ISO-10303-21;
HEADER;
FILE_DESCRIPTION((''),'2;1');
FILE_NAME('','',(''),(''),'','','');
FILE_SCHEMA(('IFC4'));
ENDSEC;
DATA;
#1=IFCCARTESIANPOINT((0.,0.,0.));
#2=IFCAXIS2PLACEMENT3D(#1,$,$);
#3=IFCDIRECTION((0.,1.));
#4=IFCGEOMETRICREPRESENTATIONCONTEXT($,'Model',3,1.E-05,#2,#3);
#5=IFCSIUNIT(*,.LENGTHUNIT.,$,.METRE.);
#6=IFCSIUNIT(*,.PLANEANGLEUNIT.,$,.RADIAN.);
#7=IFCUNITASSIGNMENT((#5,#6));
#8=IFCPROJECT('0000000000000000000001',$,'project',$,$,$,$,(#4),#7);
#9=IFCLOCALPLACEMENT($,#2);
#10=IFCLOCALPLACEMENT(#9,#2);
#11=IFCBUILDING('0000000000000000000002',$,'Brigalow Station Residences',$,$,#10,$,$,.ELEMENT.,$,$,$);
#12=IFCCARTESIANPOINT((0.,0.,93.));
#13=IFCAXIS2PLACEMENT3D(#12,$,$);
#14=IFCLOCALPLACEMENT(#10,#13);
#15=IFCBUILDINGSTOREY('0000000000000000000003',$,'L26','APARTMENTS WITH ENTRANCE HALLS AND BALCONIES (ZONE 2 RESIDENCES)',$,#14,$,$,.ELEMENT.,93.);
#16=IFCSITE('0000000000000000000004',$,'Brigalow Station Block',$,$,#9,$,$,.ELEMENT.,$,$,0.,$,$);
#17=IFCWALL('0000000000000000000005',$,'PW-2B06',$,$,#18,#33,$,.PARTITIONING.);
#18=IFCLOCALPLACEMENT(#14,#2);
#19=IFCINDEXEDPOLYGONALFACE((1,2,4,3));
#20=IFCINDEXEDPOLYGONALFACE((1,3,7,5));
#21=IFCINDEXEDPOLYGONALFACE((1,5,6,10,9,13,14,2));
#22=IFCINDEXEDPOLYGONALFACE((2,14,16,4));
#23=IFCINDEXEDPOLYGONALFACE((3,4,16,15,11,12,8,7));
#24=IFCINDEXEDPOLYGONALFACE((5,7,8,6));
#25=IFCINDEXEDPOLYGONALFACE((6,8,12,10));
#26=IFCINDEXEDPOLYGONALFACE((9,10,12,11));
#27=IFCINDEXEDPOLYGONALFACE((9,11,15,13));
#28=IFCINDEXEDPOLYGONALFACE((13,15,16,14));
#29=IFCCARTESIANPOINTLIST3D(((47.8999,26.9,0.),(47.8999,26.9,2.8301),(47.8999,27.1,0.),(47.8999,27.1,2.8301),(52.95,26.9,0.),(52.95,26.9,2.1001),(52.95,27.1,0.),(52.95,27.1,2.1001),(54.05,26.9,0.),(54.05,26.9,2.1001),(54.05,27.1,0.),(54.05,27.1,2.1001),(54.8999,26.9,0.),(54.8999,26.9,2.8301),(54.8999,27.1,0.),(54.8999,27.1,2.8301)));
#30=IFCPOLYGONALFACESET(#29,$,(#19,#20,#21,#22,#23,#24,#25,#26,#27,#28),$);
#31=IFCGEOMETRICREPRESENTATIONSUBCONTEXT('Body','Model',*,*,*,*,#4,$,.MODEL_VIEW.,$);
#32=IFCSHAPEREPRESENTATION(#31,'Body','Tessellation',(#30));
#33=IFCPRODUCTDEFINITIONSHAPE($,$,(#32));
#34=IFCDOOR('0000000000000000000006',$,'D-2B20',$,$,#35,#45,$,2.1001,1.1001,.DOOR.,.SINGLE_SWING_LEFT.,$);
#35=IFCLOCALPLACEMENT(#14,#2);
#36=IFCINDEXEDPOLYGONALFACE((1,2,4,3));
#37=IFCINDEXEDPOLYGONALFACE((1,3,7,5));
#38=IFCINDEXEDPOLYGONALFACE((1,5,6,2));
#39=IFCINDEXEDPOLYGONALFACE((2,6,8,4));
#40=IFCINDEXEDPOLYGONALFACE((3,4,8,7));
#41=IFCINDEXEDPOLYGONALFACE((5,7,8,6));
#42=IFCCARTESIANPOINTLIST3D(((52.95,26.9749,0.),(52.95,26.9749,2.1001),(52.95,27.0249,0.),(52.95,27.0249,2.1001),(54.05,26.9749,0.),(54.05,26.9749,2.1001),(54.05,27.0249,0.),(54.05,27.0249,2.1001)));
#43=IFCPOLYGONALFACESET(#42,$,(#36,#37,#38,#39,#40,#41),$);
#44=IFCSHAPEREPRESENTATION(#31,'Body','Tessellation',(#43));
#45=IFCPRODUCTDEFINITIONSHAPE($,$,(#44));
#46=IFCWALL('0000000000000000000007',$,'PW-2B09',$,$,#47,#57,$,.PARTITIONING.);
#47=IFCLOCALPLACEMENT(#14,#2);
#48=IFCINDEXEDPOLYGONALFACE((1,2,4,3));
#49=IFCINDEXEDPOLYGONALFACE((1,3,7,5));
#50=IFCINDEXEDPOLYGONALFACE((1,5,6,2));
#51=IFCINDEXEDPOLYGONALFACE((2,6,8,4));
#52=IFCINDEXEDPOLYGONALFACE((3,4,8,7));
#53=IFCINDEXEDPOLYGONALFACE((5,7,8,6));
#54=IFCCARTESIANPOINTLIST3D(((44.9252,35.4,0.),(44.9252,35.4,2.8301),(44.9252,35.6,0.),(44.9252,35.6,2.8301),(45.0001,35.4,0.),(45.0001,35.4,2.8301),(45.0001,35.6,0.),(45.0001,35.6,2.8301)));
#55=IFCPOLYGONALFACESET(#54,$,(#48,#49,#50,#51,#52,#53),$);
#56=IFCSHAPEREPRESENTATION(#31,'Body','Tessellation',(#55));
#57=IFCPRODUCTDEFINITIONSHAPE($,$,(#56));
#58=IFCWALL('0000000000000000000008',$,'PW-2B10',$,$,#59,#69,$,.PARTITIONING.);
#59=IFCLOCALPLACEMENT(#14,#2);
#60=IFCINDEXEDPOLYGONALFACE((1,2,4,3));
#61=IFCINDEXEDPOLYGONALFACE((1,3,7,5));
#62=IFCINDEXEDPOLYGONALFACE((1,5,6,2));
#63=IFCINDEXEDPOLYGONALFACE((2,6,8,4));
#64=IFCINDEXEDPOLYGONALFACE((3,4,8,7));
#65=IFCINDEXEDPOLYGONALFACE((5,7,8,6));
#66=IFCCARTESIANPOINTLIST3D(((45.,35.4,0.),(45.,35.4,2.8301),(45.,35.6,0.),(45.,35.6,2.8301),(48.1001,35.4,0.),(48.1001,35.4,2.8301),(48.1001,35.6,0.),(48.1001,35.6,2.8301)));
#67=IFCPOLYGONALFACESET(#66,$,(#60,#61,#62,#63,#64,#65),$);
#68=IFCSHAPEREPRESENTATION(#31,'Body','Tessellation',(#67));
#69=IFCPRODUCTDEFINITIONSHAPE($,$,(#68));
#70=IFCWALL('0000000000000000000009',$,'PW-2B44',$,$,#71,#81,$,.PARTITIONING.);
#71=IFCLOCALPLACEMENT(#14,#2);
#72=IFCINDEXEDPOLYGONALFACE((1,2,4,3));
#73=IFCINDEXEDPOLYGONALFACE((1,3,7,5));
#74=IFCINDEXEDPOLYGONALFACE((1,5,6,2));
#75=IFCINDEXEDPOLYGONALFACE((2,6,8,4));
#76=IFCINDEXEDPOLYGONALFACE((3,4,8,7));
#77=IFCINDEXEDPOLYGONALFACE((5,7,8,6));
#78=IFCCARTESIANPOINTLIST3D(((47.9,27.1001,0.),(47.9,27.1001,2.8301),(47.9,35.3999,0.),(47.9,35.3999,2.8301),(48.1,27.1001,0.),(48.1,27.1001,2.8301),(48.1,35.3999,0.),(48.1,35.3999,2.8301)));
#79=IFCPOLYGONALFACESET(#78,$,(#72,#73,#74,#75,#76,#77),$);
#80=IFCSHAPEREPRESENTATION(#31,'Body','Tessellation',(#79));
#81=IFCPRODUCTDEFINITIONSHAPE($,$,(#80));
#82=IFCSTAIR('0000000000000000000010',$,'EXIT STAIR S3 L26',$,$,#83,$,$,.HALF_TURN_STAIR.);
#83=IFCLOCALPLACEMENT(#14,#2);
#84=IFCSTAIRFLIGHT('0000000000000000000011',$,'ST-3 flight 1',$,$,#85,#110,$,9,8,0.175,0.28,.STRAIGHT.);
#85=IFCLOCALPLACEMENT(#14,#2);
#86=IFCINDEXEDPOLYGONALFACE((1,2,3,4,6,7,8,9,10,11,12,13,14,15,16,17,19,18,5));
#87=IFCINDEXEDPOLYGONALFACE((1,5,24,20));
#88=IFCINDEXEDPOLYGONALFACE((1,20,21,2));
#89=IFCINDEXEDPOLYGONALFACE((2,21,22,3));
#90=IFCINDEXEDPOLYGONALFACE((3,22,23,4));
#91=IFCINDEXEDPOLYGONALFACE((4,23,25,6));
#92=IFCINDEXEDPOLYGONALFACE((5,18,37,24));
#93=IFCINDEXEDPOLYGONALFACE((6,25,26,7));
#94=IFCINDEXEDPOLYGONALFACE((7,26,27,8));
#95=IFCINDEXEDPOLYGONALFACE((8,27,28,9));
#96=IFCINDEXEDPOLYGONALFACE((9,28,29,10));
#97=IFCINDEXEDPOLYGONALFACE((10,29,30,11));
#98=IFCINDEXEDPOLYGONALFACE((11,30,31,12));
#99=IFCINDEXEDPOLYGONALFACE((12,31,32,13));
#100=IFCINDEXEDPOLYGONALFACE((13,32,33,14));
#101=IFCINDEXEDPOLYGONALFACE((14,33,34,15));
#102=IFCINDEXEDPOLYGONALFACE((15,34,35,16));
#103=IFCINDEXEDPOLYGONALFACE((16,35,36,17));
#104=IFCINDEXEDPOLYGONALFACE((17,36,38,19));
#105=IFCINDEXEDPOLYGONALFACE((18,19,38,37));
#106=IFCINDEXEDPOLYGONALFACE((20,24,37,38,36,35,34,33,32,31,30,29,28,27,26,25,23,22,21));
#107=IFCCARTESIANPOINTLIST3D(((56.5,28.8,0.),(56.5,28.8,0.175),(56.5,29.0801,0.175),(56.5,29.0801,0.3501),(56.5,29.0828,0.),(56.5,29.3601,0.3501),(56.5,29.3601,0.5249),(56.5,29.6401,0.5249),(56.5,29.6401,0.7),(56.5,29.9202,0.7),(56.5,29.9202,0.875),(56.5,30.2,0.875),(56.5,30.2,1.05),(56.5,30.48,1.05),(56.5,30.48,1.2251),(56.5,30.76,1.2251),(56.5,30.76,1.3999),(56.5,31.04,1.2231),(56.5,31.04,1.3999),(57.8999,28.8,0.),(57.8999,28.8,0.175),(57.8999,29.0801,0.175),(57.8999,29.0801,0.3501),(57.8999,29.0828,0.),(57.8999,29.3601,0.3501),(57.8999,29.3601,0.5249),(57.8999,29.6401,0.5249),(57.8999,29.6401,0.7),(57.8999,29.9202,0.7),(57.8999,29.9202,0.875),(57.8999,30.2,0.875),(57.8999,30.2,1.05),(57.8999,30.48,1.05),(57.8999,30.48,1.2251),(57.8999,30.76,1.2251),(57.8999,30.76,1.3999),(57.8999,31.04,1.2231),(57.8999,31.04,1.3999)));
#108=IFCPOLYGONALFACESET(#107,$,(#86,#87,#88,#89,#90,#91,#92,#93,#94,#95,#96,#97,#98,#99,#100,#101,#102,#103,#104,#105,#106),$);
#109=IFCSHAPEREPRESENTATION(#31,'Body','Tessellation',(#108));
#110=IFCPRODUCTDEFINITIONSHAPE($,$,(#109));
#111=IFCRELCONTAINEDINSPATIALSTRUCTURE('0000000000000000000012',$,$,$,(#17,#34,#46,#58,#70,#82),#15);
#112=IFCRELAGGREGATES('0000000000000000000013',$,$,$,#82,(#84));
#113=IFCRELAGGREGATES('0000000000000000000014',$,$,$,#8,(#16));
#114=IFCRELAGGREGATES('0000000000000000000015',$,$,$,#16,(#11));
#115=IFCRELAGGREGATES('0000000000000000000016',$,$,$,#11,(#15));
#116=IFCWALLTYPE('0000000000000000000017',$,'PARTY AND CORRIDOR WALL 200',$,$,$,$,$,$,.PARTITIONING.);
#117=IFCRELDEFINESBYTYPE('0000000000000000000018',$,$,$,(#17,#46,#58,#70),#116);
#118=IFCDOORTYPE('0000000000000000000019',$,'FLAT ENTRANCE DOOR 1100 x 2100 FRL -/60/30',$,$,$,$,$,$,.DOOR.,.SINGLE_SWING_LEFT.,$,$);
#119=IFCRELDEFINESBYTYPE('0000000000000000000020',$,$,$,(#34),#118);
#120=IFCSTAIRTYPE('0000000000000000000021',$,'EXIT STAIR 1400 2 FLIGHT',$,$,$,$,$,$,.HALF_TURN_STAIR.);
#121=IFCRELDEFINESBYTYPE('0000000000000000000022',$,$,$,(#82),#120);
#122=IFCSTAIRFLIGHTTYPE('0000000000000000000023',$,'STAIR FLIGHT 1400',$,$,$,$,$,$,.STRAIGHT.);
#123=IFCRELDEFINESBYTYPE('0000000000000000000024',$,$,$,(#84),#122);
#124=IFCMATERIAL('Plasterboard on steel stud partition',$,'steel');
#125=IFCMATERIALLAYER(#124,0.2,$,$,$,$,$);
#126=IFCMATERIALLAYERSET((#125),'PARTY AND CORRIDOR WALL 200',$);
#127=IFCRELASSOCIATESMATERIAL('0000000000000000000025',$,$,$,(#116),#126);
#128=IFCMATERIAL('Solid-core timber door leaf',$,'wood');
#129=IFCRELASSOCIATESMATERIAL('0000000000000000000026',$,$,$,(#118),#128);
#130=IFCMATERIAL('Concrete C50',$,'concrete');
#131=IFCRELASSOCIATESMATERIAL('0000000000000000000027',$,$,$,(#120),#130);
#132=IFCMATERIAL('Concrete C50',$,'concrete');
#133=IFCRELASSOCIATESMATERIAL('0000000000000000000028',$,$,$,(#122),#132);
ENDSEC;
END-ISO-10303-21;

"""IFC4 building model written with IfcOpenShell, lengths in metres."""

from ifc_helpers import new_model, si_unit, direction, frame, frame_2d, origin, place, context, subcontext, project, spatial, polyline, rectangle, outline, extrude, material, layer, layer_set, type_object, element, fill, aggregate, save


model = new_model("IFC4")

# Units and contexts
model_context = context("Model", 3, precision=1e-05, world=origin(), true_north=direction((0.0, 1.0)))
body_context = subcontext(model_context, "Body", "Model", "MODEL_VIEW")
ifc_project = project(units=[si_unit("LENGTHUNIT", "METRE"), si_unit("PLANEANGLEUNIT", "RADIAN")], contexts=[model_context])

# Site, building, storey
site_placement = place(None, origin())
site = spatial("IfcSite", under=ifc_project, at=site_placement, Name="Brigalow Station Block", CompositionType="ELEMENT", RefElevation=0.0)
building_placement = place(site_placement, origin())
building = spatial("IfcBuilding", under=site, at=building_placement, Name="Brigalow Station Residences", CompositionType="ELEMENT")
storey_placement = place(building_placement, frame((0.0, 0.0, 93.0)))
storey = spatial("IfcBuildingStorey", under=building, at=storey_placement, Name="L26", Description="APARTMENTS WITH ENTRANCE HALLS AND BALCONIES (ZONE 2 RESIDENCES)", CompositionType="ELEMENT", Elevation=93.0)

# Wall, opening, door
ifc_material_1 = material(Name="Plasterboard on steel stud partition", Category="steel")
ifc_layer_1 = layer(ifc_material_1, 0.2)
ifc_layer_set_1 = layer_set([ifc_layer_1], Name="PARTY AND CORRIDOR WALL 200")
wall_type_1 = type_object("IfcWallType", Name="PARTY AND CORRIDOR WALL 200", PredefinedType="PARTITIONING", material=ifc_layer_set_1)
wall_1_placement = place(storey_placement, frame((47.8999, 27.0, 0.0), z_axis=(0.0, 0.0, 1.0), x_axis=(1.0, 0.0, 0.0)))
wall_1 = element("IfcWall", 1, at=wall_1_placement, inside=storey, type_object=wall_type_1, Name="PW-2B06", PredefinedType="PARTITIONING", context=body_context, shape_type="SweptSolid", body=[
    extrude(rectangle(XDim=7.0, YDim=0.2, at=frame_2d((3.5, 0.0))), origin(), (0.0, 0.0, 1.0), 2.8301),
])
opening_1_placement = place(wall_1_placement, frame((5.05, 0.0, 0.0)))
opening_1 = element("IfcOpeningElement", 2, at=opening_1_placement, cuts=wall_1, PredefinedType="OPENING", context=body_context, shape_type="SweptSolid", body=[
    extrude(rectangle(XDim=1.1001, YDim=2.1001, at=frame_2d((0.55, 1.05))), frame((0.0, 0.1099, 0.0), z_axis=(0.0, -1.0, 0.0), x_axis=(1.0, 0.0, 0.0)), (0.0, 0.0, 1.0), 0.22),
])
ifc_material_2 = material(Name="Solid-core timber door leaf", Category="wood")
door_type_1 = type_object("IfcDoorType", Name="FLAT ENTRANCE DOOR 1100 x 2100 FRL -/60/30", OperationType="SINGLE_SWING_LEFT", PredefinedType="DOOR", material=ifc_material_2)
door_1_placement = place(opening_1_placement, origin())
door_1 = element("IfcDoor", 3, at=door_1_placement, inside=storey, type_object=door_type_1, Name="D-2B20", OperationType="SINGLE_SWING_LEFT", OverallHeight=2.1001, OverallWidth=1.1001, PredefinedType="DOOR", context=body_context, shape_type="SweptSolid", body=[
    extrude(rectangle(XDim=1.1001, YDim=2.1001, at=frame_2d((0.55, 1.05))), frame((0.0, 0.0249, 0.0), z_axis=(0.0, -1.0, 0.0), x_axis=(1.0, 0.0, 0.0)), (0.0, 0.0, 1.0), 0.05),
])
fill(opening_1, door_1)

# Walls
wall_2_placement = place(storey_placement, frame((44.925, 35.5, 0.0), z_axis=(0.0, 0.0, 1.0), x_axis=(1.0, 0.0, 0.0)))
element("IfcWall", 4, at=wall_2_placement, inside=storey, type_object=wall_type_1, Name="PW-2B09", PredefinedType="PARTITIONING", context=body_context, shape_type="SweptSolid", body=[
    extrude(rectangle(XDim=0.075, YDim=0.2, at=frame_2d((0.0376, 0.0))), origin(), (0.0, 0.0, 1.0), 2.8301),
])
wall_3_placement = place(storey_placement, frame((45.0, 35.5, 0.0), z_axis=(0.0, 0.0, 1.0), x_axis=(1.0, 0.0, 0.0)))
element("IfcWall", 5, at=wall_3_placement, inside=storey, type_object=wall_type_1, Name="PW-2B10", PredefinedType="PARTITIONING", context=body_context, shape_type="SweptSolid", body=[
    extrude(rectangle(XDim=3.1001, YDim=0.2, at=frame_2d((1.55, 0.0))), origin(), (0.0, 0.0, 1.0), 2.8301),
])
wall_4_placement = place(storey_placement, frame((48.0, 27.1001, 0.0), z_axis=(0.0, 0.0, 1.0), x_axis=(0.0, 1.0, 0.0)))
element("IfcWall", 6, at=wall_4_placement, inside=storey, type_object=wall_type_1, Name="PW-2B44", PredefinedType="PARTITIONING", context=body_context, shape_type="SweptSolid", body=[
    extrude(rectangle(XDim=8.2998, YDim=0.2, at=frame_2d((4.1499, 0.0))), origin(), (0.0, 0.0, 1.0), 2.8301),
])

# Stair, stair flight
ifc_material_3 = material(Name="Concrete C50", Category="concrete")
stair_type = type_object("IfcStairType", Name="EXIT STAIR 1400 2 FLIGHT", PredefinedType="HALF_TURN_STAIR", material=ifc_material_3)
stair_placement = place(storey_placement, origin())
stair = element("IfcStair", 7, at=stair_placement, inside=storey, type_object=stair_type, Name="EXIT STAIR S3 L26", PredefinedType="HALF_TURN_STAIR")
ifc_material_4 = material(Name="Concrete C50", Category="concrete")
stair_flight_type = type_object("IfcStairFlightType", Name="STAIR FLIGHT 1400", PredefinedType="STRAIGHT", material=ifc_material_4)
stair_flight_placement = place(storey_placement, frame((57.2, 28.8, 0.0), z_axis=(0.0, 0.0, 1.0), x_axis=(0.0, 1.0, 0.0)))
stair_flight = element("IfcStairFlight", 8, at=stair_flight_placement, type_object=stair_flight_type, Name="ST-3 flight 1", NumberOfRisers=9, NumberOfTreads=8, PredefinedType="STRAIGHT", RiserHeight=0.175, TreadLength=0.28, context=body_context, shape_type="SweptSolid", body=[
    extrude(outline(polyline([(0.0, 0.0), (0.0, 0.175), (0.28, 0.175), (0.28, 0.3501), (0.5601, 0.3501), (0.5601, 0.5249), (0.8401, 0.5249), (0.8401, 0.7), (1.1201, 0.7), (1.1201, 0.875), (1.3999, 0.875), (1.3999, 1.05), (1.6799, 1.05), (1.6799, 1.2251), (1.96, 1.2251), (1.96, 1.3999), (2.24, 1.3999), (2.24, 1.575), (2.24, 1.2231), (0.2827, 0.0), (0.0, 0.0)])), frame((0.0, 0.7, 0.0), z_axis=(0.0, -1.0, 0.0), x_axis=(1.0, 0.0, 0.0)), (0.0, 0.0, 1.0), 1.3999),
])
aggregate(stair, [stair_flight])

save(model, "model.ifc")
